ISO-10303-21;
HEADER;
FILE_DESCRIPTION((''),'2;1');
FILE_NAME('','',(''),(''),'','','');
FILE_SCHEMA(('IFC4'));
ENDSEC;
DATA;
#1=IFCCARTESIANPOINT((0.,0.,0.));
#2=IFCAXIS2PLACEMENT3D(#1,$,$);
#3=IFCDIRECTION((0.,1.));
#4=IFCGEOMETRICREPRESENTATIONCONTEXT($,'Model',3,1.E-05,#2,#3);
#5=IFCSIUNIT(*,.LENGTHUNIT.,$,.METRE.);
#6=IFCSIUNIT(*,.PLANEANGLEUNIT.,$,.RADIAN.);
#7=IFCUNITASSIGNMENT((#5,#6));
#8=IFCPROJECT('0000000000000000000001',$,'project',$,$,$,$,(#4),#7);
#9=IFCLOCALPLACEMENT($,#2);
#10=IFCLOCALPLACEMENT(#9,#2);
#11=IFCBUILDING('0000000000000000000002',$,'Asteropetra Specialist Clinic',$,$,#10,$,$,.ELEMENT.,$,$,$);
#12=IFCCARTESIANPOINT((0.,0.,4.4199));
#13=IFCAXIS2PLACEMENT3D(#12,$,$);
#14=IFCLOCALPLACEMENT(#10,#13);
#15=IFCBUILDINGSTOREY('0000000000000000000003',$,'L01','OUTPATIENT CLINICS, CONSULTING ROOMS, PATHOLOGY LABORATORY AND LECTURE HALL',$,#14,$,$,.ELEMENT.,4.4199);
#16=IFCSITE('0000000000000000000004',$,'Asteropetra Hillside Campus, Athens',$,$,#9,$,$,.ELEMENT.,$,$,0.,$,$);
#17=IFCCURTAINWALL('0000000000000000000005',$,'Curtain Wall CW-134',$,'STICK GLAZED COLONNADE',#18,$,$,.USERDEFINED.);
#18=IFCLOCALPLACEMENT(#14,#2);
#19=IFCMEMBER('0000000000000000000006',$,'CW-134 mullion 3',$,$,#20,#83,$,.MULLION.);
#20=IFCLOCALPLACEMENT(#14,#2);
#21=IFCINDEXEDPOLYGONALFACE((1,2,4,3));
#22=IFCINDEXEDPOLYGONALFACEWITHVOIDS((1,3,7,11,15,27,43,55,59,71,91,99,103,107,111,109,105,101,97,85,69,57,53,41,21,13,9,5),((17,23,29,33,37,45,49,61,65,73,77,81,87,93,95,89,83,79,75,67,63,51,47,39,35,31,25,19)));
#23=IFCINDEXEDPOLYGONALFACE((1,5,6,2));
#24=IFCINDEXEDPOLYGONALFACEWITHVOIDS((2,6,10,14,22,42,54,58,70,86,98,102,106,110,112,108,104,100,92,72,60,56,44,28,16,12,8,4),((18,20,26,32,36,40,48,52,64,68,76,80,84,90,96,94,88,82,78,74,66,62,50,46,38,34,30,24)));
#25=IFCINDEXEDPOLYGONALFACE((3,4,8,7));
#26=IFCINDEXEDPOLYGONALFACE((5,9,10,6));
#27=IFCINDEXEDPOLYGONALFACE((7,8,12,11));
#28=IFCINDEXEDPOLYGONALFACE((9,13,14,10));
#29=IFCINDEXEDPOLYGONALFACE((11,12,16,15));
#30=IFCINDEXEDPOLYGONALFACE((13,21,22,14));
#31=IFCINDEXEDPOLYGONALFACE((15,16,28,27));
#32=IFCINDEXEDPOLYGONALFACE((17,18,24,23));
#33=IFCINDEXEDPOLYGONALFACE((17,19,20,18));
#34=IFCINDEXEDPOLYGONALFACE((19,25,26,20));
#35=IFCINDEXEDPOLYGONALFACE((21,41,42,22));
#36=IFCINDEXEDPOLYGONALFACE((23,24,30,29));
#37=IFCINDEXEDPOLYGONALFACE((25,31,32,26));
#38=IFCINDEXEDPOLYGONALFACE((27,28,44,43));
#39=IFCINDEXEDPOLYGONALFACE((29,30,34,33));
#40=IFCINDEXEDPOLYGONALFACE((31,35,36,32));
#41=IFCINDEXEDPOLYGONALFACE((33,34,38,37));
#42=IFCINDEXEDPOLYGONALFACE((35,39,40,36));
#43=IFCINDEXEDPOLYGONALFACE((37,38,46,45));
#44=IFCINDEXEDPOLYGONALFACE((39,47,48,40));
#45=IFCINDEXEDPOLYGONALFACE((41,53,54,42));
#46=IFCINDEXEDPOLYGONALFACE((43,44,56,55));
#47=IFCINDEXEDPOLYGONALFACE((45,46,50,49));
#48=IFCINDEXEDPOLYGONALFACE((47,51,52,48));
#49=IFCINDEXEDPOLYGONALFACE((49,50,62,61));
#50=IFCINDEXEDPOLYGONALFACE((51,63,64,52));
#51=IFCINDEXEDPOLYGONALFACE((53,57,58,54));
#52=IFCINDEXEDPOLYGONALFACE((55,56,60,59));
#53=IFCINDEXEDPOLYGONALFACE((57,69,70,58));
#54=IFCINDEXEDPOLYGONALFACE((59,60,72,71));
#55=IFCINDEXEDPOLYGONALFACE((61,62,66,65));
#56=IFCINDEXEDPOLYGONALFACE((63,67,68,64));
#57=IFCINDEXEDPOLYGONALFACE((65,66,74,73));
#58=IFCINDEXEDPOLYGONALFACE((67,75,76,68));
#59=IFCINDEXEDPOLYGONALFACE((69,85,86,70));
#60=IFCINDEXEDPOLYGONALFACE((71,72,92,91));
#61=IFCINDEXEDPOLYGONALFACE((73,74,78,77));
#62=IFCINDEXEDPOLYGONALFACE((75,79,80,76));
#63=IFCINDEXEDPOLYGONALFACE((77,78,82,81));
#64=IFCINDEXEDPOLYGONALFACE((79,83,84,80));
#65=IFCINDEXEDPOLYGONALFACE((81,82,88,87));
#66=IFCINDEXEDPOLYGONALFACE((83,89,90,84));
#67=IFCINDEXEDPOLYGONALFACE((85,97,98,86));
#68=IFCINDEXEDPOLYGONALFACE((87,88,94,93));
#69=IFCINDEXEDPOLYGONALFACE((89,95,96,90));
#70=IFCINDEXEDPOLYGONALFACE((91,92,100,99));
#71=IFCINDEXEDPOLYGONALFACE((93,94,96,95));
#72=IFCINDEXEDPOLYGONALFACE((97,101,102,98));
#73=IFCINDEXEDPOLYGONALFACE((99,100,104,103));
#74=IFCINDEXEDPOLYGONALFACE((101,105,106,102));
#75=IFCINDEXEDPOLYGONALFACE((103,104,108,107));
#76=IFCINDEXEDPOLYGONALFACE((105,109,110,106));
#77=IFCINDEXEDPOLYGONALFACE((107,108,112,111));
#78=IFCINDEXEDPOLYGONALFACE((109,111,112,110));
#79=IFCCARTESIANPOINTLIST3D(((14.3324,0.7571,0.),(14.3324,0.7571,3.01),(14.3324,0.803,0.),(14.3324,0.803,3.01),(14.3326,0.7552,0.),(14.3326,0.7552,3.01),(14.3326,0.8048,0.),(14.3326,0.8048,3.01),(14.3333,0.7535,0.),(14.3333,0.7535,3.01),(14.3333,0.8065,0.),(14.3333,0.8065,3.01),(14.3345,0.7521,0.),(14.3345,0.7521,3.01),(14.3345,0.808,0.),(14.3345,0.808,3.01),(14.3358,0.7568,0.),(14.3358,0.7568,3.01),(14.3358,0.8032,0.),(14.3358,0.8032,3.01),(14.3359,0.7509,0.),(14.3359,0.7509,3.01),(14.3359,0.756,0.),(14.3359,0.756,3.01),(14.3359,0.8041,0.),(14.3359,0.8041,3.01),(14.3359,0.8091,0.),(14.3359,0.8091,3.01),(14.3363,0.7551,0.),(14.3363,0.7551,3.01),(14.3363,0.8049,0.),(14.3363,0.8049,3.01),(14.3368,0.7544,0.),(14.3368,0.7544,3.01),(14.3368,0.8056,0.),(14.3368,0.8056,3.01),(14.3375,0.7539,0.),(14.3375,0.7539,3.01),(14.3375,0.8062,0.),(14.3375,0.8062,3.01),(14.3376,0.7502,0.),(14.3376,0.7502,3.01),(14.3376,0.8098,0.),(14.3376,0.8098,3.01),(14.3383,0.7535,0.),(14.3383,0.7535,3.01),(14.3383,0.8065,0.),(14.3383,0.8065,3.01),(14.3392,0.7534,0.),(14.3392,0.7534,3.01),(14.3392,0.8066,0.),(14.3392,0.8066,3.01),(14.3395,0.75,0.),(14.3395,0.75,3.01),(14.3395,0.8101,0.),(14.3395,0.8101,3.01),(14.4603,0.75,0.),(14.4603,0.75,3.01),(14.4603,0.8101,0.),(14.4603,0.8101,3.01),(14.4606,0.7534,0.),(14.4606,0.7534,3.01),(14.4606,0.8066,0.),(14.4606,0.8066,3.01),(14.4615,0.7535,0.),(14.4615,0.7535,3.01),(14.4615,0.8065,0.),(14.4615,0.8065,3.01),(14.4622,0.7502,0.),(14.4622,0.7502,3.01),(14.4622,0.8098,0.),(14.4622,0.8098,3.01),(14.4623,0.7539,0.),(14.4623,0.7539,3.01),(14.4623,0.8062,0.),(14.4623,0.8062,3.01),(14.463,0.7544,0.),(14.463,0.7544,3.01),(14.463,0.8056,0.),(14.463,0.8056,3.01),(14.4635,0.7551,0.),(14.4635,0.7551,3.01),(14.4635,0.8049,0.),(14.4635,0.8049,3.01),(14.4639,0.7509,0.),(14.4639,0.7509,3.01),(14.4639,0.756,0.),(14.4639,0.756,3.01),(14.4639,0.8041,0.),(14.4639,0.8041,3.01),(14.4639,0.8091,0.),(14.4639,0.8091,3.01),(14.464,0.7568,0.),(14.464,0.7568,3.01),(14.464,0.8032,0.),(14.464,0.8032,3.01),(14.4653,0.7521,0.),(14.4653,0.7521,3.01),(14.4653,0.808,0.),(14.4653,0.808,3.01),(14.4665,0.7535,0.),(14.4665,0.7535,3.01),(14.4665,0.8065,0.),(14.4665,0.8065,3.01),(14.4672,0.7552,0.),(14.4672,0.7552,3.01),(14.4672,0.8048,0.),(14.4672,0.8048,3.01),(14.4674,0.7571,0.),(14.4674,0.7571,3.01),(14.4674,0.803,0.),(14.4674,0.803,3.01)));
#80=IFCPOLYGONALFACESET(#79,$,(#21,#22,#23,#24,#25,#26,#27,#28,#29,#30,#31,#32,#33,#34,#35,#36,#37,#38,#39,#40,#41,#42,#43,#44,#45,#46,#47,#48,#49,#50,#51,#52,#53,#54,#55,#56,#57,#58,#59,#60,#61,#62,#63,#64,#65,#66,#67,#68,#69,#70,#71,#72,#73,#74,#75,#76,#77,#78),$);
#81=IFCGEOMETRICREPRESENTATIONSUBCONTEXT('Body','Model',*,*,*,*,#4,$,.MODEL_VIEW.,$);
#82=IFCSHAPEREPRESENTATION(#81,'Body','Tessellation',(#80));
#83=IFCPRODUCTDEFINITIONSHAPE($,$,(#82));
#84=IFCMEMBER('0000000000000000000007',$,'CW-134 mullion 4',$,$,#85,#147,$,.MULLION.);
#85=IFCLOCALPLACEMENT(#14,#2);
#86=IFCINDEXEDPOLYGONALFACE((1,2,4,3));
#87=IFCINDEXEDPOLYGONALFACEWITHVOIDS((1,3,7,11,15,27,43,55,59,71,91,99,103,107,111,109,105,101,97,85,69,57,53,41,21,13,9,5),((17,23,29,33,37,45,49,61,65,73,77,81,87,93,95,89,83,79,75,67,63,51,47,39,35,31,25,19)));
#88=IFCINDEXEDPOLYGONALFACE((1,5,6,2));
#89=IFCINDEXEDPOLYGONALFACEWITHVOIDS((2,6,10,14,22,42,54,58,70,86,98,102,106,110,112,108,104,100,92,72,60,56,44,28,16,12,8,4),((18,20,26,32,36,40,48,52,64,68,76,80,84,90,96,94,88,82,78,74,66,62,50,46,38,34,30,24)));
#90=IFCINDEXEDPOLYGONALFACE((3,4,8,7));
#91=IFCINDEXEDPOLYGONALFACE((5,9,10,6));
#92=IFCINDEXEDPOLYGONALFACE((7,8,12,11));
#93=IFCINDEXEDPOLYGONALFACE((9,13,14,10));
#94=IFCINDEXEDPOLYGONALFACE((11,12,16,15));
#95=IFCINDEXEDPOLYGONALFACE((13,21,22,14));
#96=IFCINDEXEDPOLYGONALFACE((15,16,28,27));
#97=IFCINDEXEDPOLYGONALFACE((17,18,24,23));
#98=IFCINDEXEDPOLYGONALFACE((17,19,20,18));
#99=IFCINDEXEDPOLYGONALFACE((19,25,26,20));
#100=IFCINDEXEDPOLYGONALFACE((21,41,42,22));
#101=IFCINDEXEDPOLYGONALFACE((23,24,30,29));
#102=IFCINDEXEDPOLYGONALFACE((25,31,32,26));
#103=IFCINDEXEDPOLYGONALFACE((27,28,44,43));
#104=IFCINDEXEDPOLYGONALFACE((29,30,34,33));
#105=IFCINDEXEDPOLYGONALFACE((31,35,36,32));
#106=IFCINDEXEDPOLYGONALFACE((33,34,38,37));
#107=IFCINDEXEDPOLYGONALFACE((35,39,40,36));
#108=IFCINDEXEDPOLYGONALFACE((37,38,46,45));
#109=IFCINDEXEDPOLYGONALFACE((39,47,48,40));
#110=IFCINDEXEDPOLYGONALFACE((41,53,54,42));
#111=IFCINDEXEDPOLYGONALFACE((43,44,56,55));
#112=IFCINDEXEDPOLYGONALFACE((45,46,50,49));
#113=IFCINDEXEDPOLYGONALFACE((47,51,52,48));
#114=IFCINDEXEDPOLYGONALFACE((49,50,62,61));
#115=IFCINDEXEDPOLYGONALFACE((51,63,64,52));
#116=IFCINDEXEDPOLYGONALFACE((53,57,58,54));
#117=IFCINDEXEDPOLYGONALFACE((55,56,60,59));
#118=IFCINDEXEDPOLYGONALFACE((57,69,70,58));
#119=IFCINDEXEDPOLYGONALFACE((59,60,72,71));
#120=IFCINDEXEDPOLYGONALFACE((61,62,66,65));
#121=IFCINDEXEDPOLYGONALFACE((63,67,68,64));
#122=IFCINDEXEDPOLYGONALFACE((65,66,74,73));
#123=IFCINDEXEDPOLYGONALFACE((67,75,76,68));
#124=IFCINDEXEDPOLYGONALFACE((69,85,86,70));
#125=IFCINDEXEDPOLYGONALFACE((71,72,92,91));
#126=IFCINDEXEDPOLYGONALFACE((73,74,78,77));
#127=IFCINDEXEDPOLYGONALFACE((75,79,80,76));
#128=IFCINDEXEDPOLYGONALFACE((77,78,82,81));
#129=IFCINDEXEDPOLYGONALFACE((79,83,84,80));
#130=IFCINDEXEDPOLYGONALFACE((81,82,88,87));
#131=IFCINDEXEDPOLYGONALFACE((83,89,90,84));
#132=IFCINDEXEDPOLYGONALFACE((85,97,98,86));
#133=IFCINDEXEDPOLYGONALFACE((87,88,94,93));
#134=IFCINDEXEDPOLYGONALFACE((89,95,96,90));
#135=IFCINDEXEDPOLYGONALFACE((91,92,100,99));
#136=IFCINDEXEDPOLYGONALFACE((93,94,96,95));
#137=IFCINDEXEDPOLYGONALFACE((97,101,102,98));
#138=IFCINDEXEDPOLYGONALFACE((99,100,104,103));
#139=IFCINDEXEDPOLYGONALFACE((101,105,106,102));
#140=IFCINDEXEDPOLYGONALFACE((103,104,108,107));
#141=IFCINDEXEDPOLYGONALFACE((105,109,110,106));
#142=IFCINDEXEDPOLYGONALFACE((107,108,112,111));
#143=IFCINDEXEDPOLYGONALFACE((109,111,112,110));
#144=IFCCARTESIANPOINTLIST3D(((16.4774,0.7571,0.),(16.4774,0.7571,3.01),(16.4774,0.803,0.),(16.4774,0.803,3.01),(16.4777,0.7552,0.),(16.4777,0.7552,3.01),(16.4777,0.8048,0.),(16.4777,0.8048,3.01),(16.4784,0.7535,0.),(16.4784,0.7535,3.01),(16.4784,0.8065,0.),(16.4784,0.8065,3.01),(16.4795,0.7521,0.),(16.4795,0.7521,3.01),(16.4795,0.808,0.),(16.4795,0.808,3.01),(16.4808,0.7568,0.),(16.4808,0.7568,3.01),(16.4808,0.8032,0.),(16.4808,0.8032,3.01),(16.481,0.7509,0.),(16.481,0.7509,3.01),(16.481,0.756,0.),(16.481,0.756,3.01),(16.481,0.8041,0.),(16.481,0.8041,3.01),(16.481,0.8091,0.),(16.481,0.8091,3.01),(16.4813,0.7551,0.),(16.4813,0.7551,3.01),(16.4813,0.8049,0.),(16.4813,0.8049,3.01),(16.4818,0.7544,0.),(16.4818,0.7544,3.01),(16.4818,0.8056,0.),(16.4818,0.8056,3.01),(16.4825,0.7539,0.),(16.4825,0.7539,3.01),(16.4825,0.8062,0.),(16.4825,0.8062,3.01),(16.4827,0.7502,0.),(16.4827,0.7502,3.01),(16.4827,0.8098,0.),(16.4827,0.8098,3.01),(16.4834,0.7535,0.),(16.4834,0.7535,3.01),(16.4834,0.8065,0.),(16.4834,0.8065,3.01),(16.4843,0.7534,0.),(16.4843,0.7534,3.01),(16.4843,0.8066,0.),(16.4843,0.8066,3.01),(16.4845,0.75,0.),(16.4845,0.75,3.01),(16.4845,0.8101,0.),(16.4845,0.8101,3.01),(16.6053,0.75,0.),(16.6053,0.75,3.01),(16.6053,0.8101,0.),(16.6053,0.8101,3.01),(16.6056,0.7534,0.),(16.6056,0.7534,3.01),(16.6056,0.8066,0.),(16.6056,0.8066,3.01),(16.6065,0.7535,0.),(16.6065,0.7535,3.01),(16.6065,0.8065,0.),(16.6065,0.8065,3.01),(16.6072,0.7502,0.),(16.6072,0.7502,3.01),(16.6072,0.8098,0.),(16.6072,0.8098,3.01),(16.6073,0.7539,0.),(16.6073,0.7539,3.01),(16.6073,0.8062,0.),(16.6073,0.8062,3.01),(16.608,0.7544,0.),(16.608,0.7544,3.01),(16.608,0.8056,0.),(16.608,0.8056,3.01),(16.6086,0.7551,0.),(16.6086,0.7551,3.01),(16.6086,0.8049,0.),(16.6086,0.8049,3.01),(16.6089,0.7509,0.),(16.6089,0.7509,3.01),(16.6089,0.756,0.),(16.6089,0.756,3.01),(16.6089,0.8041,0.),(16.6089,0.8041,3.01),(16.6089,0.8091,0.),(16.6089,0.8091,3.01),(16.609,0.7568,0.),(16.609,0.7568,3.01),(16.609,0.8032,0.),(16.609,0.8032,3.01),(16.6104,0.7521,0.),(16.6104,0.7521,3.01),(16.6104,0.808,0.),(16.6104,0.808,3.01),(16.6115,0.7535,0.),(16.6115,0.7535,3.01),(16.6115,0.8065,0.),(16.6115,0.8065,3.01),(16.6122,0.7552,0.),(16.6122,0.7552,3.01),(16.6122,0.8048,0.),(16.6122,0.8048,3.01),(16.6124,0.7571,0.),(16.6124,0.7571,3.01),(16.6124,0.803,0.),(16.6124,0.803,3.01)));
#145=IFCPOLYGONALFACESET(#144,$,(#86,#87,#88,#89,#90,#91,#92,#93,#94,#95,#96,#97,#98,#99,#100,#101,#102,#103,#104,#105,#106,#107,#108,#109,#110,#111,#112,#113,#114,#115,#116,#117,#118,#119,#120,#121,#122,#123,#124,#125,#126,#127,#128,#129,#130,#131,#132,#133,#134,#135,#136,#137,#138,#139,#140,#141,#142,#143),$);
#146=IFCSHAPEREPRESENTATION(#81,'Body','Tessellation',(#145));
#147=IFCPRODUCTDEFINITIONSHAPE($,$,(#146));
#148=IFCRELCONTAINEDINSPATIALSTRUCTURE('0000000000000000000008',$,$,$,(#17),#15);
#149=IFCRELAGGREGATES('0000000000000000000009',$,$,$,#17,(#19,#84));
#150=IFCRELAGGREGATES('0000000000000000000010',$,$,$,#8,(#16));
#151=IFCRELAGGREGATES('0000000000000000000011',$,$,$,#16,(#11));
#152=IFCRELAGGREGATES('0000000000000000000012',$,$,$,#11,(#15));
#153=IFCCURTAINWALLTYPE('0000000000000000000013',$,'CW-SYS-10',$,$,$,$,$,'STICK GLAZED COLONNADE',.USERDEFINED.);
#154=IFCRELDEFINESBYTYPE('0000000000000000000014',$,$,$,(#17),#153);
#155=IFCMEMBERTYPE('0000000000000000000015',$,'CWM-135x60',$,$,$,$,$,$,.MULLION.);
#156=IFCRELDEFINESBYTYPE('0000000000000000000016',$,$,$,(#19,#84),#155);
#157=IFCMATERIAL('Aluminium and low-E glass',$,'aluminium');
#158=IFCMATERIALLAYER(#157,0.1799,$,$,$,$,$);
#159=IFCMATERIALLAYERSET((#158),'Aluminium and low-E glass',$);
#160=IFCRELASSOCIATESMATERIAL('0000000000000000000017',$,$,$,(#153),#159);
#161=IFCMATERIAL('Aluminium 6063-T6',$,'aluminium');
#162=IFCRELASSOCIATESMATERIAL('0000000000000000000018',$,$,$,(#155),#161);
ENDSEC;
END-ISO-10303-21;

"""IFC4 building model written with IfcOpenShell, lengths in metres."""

from ifc_helpers import new_model, si_unit, direction, frame, origin, origin_2d, place, context, subcontext, project, spatial, hollow_rectangle, extrude, material, layer, layer_set, material_profile, profile_set, type_object, element, aggregate, save


model = new_model("IFC4")

# Units and contexts
model_context = context("Model", 3, precision=1e-05, world=origin(), true_north=direction((0.0, 1.0)))
body_context = subcontext(model_context, "Body", "Model", "MODEL_VIEW")
ifc_project = project(units=[si_unit("LENGTHUNIT", "METRE"), si_unit("PLANEANGLEUNIT", "RADIAN")], contexts=[model_context])

# Site, building, storey
site_placement = place(None, origin())
site = spatial("IfcSite", under=ifc_project, at=site_placement, Name="Asteropetra Hillside Campus, Athens", CompositionType="ELEMENT", RefElevation=0.0)
building_placement = place(site_placement, origin())
building = spatial("IfcBuilding", under=site, at=building_placement, Name="Asteropetra Specialist Clinic", CompositionType="ELEMENT")
storey_placement = place(building_placement, frame((0.0, 0.0, 4.4199)))
storey = spatial("IfcBuildingStorey", under=building, at=storey_placement, Name="L01", Description="OUTPATIENT CLINICS, CONSULTING ROOMS, PATHOLOGY LABORATORY AND LECTURE HALL", CompositionType="ELEMENT", Elevation=4.4199)

# Curtain wall, members
ifc_material_1 = material(Name="Aluminium and low-E glass", Category="aluminium")
ifc_layer_1 = layer(ifc_material_1, 0.1799)
ifc_layer_set_1 = layer_set([ifc_layer_1], Name="Aluminium and low-E glass")
curtain_wall_type = type_object("IfcCurtainWallType", Name="CW-SYS-10", ElementType="STICK GLAZED COLONNADE", PredefinedType="USERDEFINED", material=ifc_layer_set_1)
curtain_wall_placement = place(storey_placement, origin())
curtain_wall = element("IfcCurtainWall", 1, at=curtain_wall_placement, inside=storey, type_object=curtain_wall_type, Name="Curtain Wall CW-134", ObjectType="STICK GLAZED COLONNADE", PredefinedType="USERDEFINED")
ifc_material_2 = material(Name="Aluminium 6063-T6", Category="aluminium")
ifc_material_profile_1 = material_profile(ifc_material_2, hollow_rectangle(XDim=0.0601, YDim=0.135, WallThickness=0.0034, InnerFilletRadius=0.0034, OuterFilletRadius=0.0071, at=origin_2d()), Name="MUL 135x60x3.5")
ifc_profile_set_1 = profile_set([ifc_material_profile_1], Name="Aluminium 6063-T6")
member_type_1 = type_object("IfcMemberType", Name="CWM-135x60", PredefinedType="MULLION", material=ifc_profile_set_1)
member_1_placement = place(storey_placement, frame((14.3999, 0.78, 0.0), z_axis=(0.0, 0.0, 1.0), x_axis=(0.0, 1.0, 0.0)))
member_1 = element("IfcMember", 2, at=member_1_placement, type_object=member_type_1, Name="CW-134 mullion 3", PredefinedType="MULLION", context=body_context, shape_type="SweptSolid", body=[
    extrude(hollow_rectangle(XDim=0.0601, YDim=0.135, WallThickness=0.0034, InnerFilletRadius=0.0034, OuterFilletRadius=0.0071, at=origin_2d()), origin(), (0.0, 0.0, 1.0), 3.01),
])
member_2_placement = place(storey_placement, frame((16.5449, 0.78, 0.0), z_axis=(0.0, 0.0, 1.0), x_axis=(0.0, 1.0, 0.0)))
member_2 = element("IfcMember", 3, at=member_2_placement, type_object=member_type_1, Name="CW-134 mullion 4", PredefinedType="MULLION", context=body_context, shape_type="SweptSolid", body=[
    extrude(hollow_rectangle(XDim=0.0601, YDim=0.135, WallThickness=0.0034, InnerFilletRadius=0.0034, OuterFilletRadius=0.0071, at=origin_2d()), origin(), (0.0, 0.0, 1.0), 3.01),
])

aggregate(curtain_wall, [member_1, member_2])

save(model, "model.ifc")
